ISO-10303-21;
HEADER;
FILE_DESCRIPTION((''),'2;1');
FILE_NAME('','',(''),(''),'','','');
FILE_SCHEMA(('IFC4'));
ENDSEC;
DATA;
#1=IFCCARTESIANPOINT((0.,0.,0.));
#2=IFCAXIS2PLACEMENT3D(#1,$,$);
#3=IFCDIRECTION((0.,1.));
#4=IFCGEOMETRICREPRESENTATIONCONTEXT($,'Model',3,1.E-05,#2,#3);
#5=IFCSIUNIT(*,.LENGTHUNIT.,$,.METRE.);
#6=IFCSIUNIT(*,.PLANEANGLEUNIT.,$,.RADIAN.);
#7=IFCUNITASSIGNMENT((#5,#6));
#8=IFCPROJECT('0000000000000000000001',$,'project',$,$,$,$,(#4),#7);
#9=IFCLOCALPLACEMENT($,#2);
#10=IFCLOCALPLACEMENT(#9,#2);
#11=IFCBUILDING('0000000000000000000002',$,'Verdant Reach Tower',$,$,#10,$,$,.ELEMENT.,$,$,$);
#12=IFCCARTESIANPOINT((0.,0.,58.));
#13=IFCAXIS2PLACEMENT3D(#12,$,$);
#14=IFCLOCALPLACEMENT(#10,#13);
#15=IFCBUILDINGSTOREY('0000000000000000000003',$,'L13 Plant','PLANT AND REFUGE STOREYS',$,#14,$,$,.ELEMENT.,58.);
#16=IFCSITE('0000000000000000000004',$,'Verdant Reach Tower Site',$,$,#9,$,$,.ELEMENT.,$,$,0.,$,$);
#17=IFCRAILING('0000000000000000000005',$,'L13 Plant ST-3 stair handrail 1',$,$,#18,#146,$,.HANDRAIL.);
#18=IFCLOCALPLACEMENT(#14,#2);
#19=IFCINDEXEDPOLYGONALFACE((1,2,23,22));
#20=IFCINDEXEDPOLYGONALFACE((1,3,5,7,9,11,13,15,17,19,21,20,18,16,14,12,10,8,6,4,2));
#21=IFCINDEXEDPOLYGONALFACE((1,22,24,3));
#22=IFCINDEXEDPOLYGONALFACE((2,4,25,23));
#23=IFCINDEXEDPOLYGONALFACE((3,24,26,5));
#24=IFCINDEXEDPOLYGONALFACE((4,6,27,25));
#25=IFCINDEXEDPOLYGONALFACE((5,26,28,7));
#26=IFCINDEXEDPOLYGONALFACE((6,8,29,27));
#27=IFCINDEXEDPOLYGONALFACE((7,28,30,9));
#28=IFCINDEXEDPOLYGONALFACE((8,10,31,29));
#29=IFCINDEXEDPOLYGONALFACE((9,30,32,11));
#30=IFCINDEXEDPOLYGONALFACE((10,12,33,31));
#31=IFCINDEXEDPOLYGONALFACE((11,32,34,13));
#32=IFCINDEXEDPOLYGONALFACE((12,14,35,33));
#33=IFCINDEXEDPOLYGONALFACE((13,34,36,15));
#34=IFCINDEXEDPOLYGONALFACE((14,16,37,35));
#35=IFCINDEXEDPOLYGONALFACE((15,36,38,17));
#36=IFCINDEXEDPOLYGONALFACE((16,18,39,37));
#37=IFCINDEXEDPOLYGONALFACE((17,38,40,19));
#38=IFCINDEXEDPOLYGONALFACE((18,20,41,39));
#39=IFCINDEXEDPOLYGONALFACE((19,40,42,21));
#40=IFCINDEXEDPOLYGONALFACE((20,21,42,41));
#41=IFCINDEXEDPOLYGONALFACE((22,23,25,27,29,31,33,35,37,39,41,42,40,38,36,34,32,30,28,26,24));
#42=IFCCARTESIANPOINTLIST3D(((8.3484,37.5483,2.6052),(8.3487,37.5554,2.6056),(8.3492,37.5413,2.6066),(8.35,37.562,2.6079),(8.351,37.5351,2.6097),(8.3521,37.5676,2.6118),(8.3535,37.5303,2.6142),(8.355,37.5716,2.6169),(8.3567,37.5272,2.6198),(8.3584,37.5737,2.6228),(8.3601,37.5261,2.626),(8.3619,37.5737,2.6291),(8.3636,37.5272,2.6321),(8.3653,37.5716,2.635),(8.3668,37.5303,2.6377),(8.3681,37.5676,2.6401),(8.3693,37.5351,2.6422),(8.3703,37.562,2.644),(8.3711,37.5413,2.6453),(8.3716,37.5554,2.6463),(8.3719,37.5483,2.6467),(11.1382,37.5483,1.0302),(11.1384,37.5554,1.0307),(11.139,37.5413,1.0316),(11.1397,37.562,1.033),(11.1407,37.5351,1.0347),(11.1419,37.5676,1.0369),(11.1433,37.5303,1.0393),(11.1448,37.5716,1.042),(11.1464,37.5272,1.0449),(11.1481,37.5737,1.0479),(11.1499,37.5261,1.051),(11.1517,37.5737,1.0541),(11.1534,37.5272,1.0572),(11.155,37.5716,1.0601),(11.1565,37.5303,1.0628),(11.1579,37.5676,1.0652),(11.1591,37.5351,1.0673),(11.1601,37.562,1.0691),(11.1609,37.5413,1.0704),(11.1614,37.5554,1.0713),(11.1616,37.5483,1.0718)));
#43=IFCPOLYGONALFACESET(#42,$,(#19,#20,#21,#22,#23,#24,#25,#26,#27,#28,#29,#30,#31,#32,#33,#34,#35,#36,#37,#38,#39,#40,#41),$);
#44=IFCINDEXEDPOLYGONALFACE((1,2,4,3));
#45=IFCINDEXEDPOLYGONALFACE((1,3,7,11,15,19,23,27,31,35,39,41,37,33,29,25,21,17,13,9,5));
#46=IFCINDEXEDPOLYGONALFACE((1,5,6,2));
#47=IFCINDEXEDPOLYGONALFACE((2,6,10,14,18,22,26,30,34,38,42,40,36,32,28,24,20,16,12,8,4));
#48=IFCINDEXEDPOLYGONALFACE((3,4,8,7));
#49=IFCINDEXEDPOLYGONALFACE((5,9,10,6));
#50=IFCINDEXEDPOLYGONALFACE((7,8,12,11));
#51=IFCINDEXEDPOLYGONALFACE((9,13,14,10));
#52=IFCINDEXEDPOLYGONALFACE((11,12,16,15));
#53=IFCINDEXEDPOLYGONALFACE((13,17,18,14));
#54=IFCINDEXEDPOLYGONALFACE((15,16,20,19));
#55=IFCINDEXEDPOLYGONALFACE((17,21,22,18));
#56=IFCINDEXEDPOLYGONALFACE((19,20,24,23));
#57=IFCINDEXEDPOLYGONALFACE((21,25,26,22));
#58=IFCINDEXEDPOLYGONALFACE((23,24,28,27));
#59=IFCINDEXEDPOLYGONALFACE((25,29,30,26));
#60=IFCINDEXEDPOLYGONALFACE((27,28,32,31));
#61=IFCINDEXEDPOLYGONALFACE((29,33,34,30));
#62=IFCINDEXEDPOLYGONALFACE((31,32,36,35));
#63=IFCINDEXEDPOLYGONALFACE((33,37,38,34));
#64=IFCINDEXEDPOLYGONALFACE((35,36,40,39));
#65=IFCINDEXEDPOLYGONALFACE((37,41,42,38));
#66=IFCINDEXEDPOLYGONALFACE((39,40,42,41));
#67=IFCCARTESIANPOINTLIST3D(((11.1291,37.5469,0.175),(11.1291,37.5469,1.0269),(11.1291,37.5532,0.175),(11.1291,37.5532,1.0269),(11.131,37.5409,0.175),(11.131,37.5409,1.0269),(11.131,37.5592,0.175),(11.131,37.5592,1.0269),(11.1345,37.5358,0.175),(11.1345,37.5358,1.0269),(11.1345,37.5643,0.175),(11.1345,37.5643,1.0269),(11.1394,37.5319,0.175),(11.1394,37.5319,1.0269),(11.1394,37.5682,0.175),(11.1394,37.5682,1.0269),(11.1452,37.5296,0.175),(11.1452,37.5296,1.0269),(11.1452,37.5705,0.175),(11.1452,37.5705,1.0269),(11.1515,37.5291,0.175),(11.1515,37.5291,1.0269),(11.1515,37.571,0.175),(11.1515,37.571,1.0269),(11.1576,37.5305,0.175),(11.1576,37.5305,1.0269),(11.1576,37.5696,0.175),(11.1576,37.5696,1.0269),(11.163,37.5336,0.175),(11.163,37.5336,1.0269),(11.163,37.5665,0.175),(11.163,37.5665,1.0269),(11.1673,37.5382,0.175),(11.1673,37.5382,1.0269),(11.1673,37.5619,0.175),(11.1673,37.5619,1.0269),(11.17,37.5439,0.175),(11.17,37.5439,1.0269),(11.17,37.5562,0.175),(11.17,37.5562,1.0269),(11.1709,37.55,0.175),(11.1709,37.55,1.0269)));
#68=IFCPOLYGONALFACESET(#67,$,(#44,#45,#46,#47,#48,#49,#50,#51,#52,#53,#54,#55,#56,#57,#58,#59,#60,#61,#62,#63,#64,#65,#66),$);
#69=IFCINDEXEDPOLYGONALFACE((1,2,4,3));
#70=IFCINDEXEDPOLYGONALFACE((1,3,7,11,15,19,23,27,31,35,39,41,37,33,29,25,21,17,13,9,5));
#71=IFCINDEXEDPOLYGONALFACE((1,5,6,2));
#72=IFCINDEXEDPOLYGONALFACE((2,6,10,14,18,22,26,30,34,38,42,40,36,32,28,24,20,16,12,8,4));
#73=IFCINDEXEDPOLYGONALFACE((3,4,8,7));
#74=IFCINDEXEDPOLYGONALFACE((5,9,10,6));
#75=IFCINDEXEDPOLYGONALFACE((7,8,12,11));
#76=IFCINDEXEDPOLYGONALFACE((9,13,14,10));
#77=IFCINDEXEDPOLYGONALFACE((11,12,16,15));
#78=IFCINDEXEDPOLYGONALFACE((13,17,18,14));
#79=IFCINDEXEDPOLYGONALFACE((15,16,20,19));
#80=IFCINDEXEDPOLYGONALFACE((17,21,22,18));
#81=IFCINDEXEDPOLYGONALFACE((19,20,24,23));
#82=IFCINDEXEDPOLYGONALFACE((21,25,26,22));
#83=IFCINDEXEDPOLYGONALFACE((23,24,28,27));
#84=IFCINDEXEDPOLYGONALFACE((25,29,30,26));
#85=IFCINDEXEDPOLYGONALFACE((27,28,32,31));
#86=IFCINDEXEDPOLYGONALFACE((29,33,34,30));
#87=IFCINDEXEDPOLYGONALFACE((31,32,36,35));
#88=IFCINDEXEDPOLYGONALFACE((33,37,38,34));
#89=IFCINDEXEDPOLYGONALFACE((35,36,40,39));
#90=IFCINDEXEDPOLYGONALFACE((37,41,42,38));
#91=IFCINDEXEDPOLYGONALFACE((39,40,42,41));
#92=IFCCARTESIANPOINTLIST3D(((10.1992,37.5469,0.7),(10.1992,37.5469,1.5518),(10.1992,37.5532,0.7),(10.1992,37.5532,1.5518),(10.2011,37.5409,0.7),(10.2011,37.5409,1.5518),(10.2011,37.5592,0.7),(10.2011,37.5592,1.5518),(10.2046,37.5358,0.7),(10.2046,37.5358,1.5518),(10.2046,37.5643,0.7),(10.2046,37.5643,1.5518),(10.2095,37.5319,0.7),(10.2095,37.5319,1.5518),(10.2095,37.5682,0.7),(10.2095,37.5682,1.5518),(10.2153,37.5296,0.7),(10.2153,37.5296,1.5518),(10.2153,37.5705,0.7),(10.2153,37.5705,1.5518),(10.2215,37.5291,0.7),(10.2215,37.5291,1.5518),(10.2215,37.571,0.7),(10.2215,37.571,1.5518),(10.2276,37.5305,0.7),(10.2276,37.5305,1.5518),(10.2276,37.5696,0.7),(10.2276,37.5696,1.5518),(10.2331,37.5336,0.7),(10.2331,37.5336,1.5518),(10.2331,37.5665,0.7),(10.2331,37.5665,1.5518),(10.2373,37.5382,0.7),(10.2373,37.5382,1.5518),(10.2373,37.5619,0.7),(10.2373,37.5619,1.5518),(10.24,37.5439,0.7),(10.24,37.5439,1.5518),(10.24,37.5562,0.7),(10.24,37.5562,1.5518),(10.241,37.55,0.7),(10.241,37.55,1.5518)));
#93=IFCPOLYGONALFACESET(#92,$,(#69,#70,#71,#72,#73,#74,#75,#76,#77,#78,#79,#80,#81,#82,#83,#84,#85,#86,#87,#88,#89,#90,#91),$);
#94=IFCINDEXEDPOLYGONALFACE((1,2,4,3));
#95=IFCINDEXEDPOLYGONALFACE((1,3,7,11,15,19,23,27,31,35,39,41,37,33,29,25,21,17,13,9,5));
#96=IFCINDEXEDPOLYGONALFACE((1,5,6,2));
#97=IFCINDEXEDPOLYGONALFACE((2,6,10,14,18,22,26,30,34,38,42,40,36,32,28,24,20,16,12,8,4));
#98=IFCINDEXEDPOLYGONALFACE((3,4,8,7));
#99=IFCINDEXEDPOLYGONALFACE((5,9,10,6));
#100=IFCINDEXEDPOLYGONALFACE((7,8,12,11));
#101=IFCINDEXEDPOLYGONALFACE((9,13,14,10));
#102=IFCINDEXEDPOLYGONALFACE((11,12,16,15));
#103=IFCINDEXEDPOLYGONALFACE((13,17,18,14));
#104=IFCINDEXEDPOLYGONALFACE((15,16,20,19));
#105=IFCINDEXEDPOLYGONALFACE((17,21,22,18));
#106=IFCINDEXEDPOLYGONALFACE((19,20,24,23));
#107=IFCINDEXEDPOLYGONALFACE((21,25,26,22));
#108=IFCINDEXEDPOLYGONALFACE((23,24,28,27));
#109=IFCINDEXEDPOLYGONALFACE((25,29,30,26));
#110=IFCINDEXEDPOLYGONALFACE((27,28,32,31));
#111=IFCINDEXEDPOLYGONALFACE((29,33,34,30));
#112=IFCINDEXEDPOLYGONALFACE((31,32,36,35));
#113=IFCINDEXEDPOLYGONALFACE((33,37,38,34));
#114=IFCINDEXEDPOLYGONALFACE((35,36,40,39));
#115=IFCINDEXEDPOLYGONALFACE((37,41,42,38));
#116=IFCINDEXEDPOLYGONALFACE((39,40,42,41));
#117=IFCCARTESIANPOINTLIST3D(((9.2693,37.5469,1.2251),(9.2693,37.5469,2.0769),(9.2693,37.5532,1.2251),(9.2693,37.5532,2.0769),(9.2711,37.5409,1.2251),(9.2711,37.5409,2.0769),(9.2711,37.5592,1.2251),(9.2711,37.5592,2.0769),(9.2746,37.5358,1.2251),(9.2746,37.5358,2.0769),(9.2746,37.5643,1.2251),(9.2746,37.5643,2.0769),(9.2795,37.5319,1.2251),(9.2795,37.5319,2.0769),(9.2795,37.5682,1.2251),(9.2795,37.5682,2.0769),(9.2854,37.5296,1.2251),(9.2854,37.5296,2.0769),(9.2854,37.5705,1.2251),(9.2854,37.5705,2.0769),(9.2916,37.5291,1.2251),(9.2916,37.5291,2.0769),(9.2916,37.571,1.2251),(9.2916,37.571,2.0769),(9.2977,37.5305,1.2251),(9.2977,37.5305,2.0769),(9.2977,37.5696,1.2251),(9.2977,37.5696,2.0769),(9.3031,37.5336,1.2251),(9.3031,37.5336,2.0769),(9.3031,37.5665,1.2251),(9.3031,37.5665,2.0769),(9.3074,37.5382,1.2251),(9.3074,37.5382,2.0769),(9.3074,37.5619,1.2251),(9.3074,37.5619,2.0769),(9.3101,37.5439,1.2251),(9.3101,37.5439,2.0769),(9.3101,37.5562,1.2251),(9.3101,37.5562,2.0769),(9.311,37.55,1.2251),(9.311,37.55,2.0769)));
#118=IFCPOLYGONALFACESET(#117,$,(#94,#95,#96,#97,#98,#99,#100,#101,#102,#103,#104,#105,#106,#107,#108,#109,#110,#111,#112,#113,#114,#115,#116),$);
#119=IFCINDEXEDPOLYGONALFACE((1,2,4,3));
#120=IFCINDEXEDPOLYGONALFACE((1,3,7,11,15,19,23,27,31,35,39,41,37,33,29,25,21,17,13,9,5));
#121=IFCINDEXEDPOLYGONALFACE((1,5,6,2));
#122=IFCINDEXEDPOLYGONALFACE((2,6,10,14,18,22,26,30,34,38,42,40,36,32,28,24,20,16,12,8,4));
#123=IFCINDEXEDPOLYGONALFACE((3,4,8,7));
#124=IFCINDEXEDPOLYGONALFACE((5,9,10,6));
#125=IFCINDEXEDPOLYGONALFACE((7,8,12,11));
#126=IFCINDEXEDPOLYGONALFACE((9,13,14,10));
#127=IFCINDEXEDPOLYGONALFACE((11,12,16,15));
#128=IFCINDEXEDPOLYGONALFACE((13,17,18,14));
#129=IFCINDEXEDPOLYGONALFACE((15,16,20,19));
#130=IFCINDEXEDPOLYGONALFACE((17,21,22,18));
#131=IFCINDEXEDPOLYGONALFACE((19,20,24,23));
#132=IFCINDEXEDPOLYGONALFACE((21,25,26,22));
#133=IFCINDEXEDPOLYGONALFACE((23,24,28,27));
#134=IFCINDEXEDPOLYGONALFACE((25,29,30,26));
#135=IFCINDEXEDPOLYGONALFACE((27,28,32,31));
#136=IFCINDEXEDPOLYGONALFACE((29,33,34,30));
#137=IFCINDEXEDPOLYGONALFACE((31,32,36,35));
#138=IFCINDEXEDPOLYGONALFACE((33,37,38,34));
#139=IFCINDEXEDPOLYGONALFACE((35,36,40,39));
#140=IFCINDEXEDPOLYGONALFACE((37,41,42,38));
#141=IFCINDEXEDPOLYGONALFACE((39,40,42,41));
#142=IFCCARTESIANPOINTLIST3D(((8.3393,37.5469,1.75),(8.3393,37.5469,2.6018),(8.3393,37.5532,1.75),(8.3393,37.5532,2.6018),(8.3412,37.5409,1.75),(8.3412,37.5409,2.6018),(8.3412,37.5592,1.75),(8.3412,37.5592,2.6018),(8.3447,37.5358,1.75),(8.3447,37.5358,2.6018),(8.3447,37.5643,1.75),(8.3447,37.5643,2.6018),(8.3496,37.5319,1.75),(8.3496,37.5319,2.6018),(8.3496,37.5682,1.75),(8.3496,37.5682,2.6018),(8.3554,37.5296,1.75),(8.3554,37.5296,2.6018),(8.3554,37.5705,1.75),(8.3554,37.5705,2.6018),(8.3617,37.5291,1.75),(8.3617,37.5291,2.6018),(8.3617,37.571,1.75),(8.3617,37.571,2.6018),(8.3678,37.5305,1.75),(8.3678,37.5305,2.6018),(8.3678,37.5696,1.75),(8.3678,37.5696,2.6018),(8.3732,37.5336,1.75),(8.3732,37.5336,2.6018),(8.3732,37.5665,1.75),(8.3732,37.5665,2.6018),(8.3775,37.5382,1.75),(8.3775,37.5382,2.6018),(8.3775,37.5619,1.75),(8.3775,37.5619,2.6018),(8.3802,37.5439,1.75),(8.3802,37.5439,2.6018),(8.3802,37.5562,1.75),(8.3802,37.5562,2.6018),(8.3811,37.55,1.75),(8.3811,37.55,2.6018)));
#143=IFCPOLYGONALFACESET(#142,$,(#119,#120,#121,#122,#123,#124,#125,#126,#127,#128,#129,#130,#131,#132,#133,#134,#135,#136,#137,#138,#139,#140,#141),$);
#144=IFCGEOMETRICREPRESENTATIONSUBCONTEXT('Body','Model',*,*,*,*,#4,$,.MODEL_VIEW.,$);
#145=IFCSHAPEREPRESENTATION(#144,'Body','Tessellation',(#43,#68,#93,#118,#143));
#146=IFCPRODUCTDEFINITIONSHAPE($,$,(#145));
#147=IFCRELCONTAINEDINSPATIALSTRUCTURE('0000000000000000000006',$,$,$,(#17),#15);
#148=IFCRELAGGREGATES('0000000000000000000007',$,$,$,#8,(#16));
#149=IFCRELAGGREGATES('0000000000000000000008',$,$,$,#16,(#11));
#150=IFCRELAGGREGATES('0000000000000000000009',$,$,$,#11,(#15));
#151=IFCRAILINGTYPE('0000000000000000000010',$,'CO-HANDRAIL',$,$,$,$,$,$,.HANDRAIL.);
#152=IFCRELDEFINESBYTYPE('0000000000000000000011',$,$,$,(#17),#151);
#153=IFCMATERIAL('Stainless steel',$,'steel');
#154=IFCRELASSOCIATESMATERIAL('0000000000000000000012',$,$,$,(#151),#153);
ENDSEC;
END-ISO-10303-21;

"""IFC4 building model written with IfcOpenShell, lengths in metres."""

from ifc_helpers import new_model, si_unit, direction, frame, origin, origin_2d, place, context, subcontext, project, spatial, circle, extrude, material, type_object, element, save


model = new_model("IFC4")

# Units and contexts
model_context = context("Model", 3, precision=1e-05, world=origin(), true_north=direction((0.0, 1.0)))
body_context = subcontext(model_context, "Body", "Model", "MODEL_VIEW")
ifc_project = project(units=[si_unit("LENGTHUNIT", "METRE"), si_unit("PLANEANGLEUNIT", "RADIAN")], contexts=[model_context])

# Site, building, storey
site_placement = place(None, origin())
site = spatial("IfcSite", under=ifc_project, at=site_placement, Name="Verdant Reach Tower Site", CompositionType="ELEMENT", RefElevation=0.0)
building_placement = place(site_placement, origin())
building = spatial("IfcBuilding", under=site, at=building_placement, Name="Verdant Reach Tower", CompositionType="ELEMENT")
storey_placement = place(building_placement, frame((0.0, 0.0, 58.0)))
storey = spatial("IfcBuildingStorey", under=building, at=storey_placement, Name="L13 Plant", Description="PLANT AND REFUGE STOREYS", CompositionType="ELEMENT", Elevation=58.0)

# Railing
ifc_material_1 = material(Name="Stainless steel", Category="steel")
railing_type_1 = type_object("IfcRailingType", Name="CO-HANDRAIL", PredefinedType="HANDRAIL", material=ifc_material_1)
railing_1_placement = place(storey_placement, frame((11.1499, 37.55, 0.175)))
element("IfcRailing", 1, at=railing_1_placement, inside=storey, type_object=railing_type_1, Name="L13 Plant ST-3 stair handrail 1", PredefinedType="HANDRAIL", context=body_context, shape_type="SweptSolid", body=[
    extrude(circle(Radius=0.0239, at=origin_2d()), frame((0.0, 0.0, 0.876), z_axis=(-0.870815, 0.0, 0.49161), x_axis=(0.0, -1.0, 0.0)), (0.0, 0.0, 1.0), 3.2036),
    extrude(circle(Radius=0.021, at=origin_2d()), origin(), (0.0, 0.0, 1.0), 0.8518),
    extrude(circle(Radius=0.021, at=origin_2d()), frame((-0.9299, 0.0, 0.5249)), (0.0, 0.0, 1.0), 0.8518),
    extrude(circle(Radius=0.021, at=origin_2d()), frame((-1.8599, 0.0, 1.05)), (0.0, 0.0, 1.0), 0.8518),
    extrude(circle(Radius=0.021, at=origin_2d()), frame((-2.7898, 0.0, 1.575)), (0.0, 0.0, 1.0), 0.8518),
])

save(model, "model.ifc")
